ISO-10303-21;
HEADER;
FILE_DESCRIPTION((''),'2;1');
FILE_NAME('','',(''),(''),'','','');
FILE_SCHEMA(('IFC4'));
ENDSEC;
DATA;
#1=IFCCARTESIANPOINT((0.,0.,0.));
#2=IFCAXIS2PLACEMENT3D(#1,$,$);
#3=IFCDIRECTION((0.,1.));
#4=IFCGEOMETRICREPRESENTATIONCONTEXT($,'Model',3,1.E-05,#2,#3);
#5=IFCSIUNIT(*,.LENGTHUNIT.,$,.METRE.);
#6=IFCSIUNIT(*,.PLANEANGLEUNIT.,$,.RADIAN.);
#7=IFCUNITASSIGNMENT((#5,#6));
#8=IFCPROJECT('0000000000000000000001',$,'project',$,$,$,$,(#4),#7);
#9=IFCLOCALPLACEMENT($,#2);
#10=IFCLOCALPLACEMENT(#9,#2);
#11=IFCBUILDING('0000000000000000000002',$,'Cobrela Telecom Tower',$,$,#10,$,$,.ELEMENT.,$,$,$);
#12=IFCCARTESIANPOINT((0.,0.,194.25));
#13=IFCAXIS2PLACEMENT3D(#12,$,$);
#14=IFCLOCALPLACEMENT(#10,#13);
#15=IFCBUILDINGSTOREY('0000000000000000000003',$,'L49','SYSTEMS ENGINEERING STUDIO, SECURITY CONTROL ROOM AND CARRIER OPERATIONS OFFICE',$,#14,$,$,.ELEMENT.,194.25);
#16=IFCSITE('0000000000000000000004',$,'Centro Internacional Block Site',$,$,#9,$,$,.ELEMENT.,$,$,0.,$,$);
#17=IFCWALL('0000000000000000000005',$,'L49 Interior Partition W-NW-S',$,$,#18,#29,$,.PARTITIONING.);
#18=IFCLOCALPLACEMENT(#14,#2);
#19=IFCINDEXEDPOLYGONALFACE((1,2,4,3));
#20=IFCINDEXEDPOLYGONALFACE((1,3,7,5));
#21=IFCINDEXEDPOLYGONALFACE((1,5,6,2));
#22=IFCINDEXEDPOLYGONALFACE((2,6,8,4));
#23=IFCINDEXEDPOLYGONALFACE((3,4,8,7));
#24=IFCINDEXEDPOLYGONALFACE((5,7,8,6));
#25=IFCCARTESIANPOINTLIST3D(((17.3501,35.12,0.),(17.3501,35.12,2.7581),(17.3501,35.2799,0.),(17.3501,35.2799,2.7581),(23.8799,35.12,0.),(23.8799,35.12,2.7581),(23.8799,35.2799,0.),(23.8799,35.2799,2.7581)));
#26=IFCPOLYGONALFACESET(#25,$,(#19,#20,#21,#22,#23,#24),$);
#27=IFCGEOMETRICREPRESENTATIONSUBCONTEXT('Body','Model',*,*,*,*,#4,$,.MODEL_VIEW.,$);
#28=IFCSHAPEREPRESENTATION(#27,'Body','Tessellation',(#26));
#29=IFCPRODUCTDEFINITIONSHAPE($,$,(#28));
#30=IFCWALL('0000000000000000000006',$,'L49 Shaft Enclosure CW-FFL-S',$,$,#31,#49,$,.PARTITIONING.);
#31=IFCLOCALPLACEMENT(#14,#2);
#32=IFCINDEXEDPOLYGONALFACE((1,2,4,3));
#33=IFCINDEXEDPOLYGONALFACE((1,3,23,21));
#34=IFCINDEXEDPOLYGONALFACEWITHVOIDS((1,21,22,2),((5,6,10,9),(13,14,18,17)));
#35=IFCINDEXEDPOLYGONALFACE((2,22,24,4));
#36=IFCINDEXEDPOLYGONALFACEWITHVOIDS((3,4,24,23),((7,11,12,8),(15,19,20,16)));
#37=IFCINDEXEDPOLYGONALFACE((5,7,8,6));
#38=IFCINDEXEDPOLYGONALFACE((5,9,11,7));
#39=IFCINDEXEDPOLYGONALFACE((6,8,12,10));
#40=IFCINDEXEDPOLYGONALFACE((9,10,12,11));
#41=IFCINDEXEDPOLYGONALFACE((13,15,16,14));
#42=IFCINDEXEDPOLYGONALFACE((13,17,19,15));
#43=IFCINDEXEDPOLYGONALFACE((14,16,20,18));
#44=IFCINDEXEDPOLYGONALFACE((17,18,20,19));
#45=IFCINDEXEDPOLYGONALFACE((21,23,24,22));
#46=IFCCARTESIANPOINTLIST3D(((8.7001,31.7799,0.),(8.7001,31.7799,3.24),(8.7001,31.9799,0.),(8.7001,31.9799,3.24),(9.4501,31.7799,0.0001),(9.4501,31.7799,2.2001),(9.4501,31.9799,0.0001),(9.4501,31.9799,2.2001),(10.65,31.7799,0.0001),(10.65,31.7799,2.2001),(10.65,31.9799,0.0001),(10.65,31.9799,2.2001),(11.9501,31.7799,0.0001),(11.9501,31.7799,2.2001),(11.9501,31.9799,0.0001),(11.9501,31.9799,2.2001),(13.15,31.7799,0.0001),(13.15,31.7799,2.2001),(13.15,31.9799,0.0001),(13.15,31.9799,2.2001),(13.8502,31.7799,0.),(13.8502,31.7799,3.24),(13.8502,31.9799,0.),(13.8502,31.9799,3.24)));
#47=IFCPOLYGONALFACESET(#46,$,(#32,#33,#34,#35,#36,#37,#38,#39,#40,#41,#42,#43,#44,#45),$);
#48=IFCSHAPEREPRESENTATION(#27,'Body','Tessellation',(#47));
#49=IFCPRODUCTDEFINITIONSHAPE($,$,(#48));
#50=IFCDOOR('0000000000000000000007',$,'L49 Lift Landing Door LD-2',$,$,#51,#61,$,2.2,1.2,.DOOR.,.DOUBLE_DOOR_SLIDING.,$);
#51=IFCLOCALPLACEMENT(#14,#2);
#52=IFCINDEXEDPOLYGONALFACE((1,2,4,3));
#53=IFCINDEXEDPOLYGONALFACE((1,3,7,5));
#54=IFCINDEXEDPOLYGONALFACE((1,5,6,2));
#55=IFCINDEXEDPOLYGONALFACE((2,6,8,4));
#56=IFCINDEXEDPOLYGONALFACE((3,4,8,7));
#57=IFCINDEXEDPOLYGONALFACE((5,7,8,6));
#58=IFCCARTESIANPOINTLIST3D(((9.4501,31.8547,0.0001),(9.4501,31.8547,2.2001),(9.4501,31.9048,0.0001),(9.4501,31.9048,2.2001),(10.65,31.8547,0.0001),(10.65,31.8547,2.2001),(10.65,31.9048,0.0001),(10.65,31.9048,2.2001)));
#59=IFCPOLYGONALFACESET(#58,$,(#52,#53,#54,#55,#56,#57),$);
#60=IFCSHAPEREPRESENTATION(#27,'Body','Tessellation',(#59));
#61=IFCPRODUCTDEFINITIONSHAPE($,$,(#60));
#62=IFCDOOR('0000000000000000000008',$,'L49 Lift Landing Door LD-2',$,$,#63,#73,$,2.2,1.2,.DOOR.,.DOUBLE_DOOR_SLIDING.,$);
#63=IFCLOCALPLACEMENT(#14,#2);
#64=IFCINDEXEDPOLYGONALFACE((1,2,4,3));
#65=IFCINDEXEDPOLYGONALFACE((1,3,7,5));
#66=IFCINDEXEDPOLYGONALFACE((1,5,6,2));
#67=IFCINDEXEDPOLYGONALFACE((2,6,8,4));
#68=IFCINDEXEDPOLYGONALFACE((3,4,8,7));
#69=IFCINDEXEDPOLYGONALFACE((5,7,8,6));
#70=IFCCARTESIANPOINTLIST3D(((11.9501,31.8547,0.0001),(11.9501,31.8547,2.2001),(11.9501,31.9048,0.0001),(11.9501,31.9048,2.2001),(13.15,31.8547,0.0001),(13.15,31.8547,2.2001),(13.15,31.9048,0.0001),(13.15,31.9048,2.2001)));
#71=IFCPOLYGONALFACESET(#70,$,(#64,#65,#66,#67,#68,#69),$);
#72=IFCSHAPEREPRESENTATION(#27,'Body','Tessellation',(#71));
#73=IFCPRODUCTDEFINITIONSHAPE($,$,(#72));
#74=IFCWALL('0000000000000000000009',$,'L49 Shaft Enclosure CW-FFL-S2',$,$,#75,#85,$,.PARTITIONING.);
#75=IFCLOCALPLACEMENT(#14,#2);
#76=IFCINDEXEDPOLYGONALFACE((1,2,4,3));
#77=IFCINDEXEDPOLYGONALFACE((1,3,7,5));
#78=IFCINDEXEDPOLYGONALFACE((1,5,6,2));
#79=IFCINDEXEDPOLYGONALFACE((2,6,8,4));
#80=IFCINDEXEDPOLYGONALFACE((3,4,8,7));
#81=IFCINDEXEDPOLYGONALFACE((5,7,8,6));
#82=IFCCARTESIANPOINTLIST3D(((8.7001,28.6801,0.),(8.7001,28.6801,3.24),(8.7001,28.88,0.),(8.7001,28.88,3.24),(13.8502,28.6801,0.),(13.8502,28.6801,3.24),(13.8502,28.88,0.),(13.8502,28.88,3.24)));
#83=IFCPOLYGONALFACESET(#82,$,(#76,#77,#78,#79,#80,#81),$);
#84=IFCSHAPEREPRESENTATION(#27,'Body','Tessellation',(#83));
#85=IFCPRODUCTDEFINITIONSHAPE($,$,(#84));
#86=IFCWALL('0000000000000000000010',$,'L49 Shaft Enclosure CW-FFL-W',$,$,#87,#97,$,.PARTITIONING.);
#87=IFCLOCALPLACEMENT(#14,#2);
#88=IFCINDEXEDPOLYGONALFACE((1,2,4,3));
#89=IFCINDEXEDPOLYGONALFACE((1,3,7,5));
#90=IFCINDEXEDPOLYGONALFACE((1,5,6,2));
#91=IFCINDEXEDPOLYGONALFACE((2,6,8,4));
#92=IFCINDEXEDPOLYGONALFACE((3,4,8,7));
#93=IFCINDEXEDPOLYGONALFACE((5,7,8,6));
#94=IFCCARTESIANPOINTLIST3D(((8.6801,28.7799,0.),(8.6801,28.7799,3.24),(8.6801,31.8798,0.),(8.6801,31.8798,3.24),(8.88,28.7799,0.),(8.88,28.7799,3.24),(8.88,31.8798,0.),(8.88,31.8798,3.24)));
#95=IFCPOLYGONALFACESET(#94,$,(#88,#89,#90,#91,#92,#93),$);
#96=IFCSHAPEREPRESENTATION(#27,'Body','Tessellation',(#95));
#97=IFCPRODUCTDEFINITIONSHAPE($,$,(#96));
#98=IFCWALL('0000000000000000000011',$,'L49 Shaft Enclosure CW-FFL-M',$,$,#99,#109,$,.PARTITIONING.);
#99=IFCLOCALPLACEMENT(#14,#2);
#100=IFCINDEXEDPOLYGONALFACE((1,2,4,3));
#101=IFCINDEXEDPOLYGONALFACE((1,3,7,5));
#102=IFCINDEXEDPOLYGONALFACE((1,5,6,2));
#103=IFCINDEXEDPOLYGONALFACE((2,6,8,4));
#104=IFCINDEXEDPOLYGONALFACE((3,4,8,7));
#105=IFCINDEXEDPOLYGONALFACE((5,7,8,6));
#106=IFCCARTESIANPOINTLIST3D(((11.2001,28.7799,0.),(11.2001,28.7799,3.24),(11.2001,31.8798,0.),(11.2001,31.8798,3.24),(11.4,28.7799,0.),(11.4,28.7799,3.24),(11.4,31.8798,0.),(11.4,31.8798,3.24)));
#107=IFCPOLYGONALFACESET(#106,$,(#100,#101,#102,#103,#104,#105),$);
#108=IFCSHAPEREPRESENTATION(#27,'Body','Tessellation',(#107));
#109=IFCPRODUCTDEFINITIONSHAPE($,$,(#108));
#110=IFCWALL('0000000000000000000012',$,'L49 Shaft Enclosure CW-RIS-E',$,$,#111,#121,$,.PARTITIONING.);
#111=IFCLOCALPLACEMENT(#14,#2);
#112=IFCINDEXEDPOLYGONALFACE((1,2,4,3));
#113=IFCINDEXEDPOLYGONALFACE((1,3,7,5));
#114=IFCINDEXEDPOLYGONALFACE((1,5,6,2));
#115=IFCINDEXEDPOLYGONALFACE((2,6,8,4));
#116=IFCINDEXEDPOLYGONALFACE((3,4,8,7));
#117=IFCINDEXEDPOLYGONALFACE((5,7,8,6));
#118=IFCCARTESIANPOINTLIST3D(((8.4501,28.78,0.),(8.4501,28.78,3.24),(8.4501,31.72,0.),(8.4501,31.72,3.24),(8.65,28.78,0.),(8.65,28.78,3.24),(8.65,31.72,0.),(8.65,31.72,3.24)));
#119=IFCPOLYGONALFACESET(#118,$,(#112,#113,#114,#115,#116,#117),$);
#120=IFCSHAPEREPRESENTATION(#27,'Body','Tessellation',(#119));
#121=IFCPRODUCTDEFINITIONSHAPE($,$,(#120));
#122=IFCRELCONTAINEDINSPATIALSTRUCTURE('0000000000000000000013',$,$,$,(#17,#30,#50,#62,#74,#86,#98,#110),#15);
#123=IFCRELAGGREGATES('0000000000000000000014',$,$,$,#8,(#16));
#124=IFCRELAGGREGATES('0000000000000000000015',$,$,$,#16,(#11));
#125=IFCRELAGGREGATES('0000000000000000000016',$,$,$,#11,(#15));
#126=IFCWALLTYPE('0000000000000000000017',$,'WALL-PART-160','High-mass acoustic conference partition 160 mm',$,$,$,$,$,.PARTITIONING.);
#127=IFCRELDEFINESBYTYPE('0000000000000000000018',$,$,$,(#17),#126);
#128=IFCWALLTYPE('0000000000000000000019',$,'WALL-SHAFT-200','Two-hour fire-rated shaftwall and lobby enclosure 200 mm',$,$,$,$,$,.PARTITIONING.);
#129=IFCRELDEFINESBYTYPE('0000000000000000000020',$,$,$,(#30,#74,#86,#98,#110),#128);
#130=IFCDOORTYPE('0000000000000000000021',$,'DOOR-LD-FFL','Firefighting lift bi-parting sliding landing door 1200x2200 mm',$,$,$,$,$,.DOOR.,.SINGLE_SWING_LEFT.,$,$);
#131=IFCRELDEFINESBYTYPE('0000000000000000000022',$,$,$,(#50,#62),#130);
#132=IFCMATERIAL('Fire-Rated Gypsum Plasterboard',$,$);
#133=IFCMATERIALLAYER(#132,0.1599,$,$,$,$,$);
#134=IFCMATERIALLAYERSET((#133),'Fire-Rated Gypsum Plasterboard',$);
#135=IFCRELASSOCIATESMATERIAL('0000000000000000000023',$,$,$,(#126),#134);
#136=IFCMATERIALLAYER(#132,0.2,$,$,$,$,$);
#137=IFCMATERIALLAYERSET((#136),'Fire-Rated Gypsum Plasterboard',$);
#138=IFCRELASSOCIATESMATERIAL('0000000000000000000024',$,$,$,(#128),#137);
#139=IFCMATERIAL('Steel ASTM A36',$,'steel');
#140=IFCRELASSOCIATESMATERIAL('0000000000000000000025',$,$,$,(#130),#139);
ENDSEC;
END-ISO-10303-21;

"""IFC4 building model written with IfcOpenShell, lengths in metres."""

from ifc_helpers import new_model, si_unit, direction, frame, frame_2d, origin, place, context, subcontext, project, spatial, rectangle, extrude, material, layer, layer_set, type_object, element, fill, save


model = new_model("IFC4")

# Units and contexts
model_context = context("Model", 3, precision=1e-05, world=origin(), true_north=direction((0.0, 1.0)))
body_context = subcontext(model_context, "Body", "Model", "MODEL_VIEW")
ifc_project = project(units=[si_unit("LENGTHUNIT", "METRE"), si_unit("PLANEANGLEUNIT", "RADIAN")], contexts=[model_context])

# Site, building, storey
site_placement = place(None, origin())
site = spatial("IfcSite", under=ifc_project, at=site_placement, Name="Centro Internacional Block Site", CompositionType="ELEMENT", RefElevation=0.0)
building_placement = place(site_placement, origin())
building = spatial("IfcBuilding", under=site, at=building_placement, Name="Cobrela Telecom Tower", CompositionType="ELEMENT")
storey_placement = place(building_placement, frame((0.0, 0.0, 194.25)))
storey = spatial("IfcBuildingStorey", under=building, at=storey_placement, Name="L49", Description="SYSTEMS ENGINEERING STUDIO, SECURITY CONTROL ROOM AND CARRIER OPERATIONS OFFICE", CompositionType="ELEMENT", Elevation=194.25)

# Shared definitions
ifc_material_1 = material(Name="Steel ASTM A36", Category="steel")

# Shared definitions
ifc_material_2 = material(Name="Fire-Rated Gypsum Plasterboard")

# Wall
ifc_layer_1 = layer(ifc_material_2, 0.1599)
ifc_layer_set_1 = layer_set([ifc_layer_1], Name="Fire-Rated Gypsum Plasterboard")
wall_type_1 = type_object("IfcWallType", Name="WALL-PART-160", Description="High-mass acoustic conference partition 160 mm", PredefinedType="PARTITIONING", material=ifc_layer_set_1)
wall_1_placement = place(storey_placement, frame((17.3501, 35.2, 0.0), z_axis=(0.0, 0.0, 1.0), x_axis=(1.0, 0.0, 0.0)))
element("IfcWall", 1, at=wall_1_placement, inside=storey, type_object=wall_type_1, Name="L49 Interior Partition W-NW-S", PredefinedType="PARTITIONING", context=body_context, shape_type="SweptSolid", body=[
    extrude(rectangle(XDim=6.5298, YDim=0.1599, at=frame_2d((3.2649, 0.0))), origin(), (0.0, 0.0, 1.0), 2.7581),
])

# Wall, openings, doors
ifc_layer_2 = layer(ifc_material_2, 0.2)
ifc_layer_set_2 = layer_set([ifc_layer_2], Name="Fire-Rated Gypsum Plasterboard")
wall_type_2 = type_object("IfcWallType", Name="WALL-SHAFT-200", Description="Two-hour fire-rated shaftwall and lobby enclosure 200 mm", PredefinedType="PARTITIONING", material=ifc_layer_set_2)
wall_2_placement = place(storey_placement, frame((8.7, 31.8799, 0.0), z_axis=(0.0, 0.0, 1.0), x_axis=(1.0, 0.0, 0.0)))
wall_2 = element("IfcWall", 2, at=wall_2_placement, inside=storey, type_object=wall_type_2, Name="L49 Shaft Enclosure CW-FFL-S", PredefinedType="PARTITIONING", context=body_context, shape_type="SweptSolid", body=[
    extrude(rectangle(XDim=5.1501, YDim=0.2, at=frame_2d((2.5752, 0.0))), origin(), (0.0, 0.0, 1.0), 3.24),
])
opening_1_placement = place(wall_2_placement, frame((0.75, 0.0, 0.0)))
opening_1 = element("IfcOpeningElement", 3, at=opening_1_placement, cuts=wall_2, PredefinedType="OPENING", context=body_context, shape_type="SweptSolid", body=[
    extrude(rectangle(XDim=1.2, YDim=2.2, at=frame_2d((0.6001, 1.1001))), frame((0.0, 0.1118, 0.0), z_axis=(0.0, -1.0, 0.0), x_axis=(1.0, 0.0, 0.0)), (0.0, 0.0, 1.0), 0.2239),
])
opening_2_placement = place(wall_2_placement, frame((3.25, 0.0, 0.0)))
opening_2 = element("IfcOpeningElement", 4, at=opening_2_placement, cuts=wall_2, PredefinedType="OPENING", context=body_context, shape_type="SweptSolid", body=[
    extrude(rectangle(XDim=1.2, YDim=2.2, at=frame_2d((0.6001, 1.1001))), frame((0.0, 0.1118, 0.0), z_axis=(0.0, -1.0, 0.0), x_axis=(1.0, 0.0, 0.0)), (0.0, 0.0, 1.0), 0.2239),
])
door_type_1 = type_object("IfcDoorType", Name="DOOR-LD-FFL", Description="Firefighting lift bi-parting sliding landing door 1200x2200 mm", OperationType="SINGLE_SWING_LEFT", PredefinedType="DOOR", material=ifc_material_1)
door_1_placement = place(opening_1_placement, origin())
door_1 = element("IfcDoor", 5, at=door_1_placement, inside=storey, type_object=door_type_1, Name="L49 Lift Landing Door LD-2", OperationType="DOUBLE_DOOR_SLIDING", OverallHeight=2.2, OverallWidth=1.2, PredefinedType="DOOR", context=body_context, shape_type="SweptSolid", body=[
    extrude(rectangle(XDim=1.2, YDim=2.2, at=frame_2d((0.6001, 1.1001))), frame((0.0, 0.0249, 0.0), z_axis=(0.0, -1.0, 0.0), x_axis=(1.0, 0.0, 0.0)), (0.0, 0.0, 1.0), 0.05),
])
fill(opening_1, door_1)
door_2_placement = place(opening_2_placement, origin())
door_2 = element("IfcDoor", 6, at=door_2_placement, inside=storey, type_object=door_type_1, Name="L49 Lift Landing Door LD-2", OperationType="DOUBLE_DOOR_SLIDING", OverallHeight=2.2, OverallWidth=1.2, PredefinedType="DOOR", context=body_context, shape_type="SweptSolid", body=[
    extrude(rectangle(XDim=1.2, YDim=2.2, at=frame_2d((0.6001, 1.1001))), frame((0.0, 0.0249, 0.0), z_axis=(0.0, -1.0, 0.0), x_axis=(1.0, 0.0, 0.0)), (0.0, 0.0, 1.0), 0.05),
])
fill(opening_2, door_2)

# Walls
wall_3_placement = place(storey_placement, frame((8.7, 28.78, 0.0), z_axis=(0.0, 0.0, 1.0), x_axis=(1.0, 0.0, 0.0)))
element("IfcWall", 7, at=wall_3_placement, inside=storey, type_object=wall_type_2, Name="L49 Shaft Enclosure CW-FFL-S2", PredefinedType="PARTITIONING", context=body_context, shape_type="SweptSolid", body=[
    extrude(rectangle(XDim=5.1501, YDim=0.2, at=frame_2d((2.5752, 0.0))), origin(), (0.0, 0.0, 1.0), 3.24),
])
for number, where, z_axis, x_axis, name in (
    (8, (8.78, 28.78, 0.0), (0.0, 0.0, 1.0), (0.0, 1.0, 0.0), "L49 Shaft Enclosure CW-FFL-W"),
    (9, (11.3, 28.78, 0.0), (0.0, 0.0, 1.0), (0.0, 1.0, 0.0), "L49 Shaft Enclosure CW-FFL-M"),
):
    element("IfcWall", number, at=place(storey_placement, frame(where, z_axis=z_axis, x_axis=x_axis)), inside=storey, type_object=wall_type_2, Name=name, PredefinedType="PARTITIONING", context=body_context, shape_type="SweptSolid", body=[
        extrude(rectangle(XDim=3.0999, YDim=0.2, at=frame_2d((1.5498, 0.0))), origin(), (0.0, 0.0, 1.0), 3.24),
    ])
wall_4_placement = place(storey_placement, frame((8.55, 28.78, 0.0), z_axis=(0.0, 0.0, 1.0), x_axis=(0.0, 1.0, 0.0)))
element("IfcWall", 10, at=wall_4_placement, inside=storey, type_object=wall_type_2, Name="L49 Shaft Enclosure CW-RIS-E", PredefinedType="PARTITIONING", context=body_context, shape_type="SweptSolid", body=[
    extrude(rectangle(XDim=2.9399, YDim=0.2, at=frame_2d((1.47, 0.0))), origin(), (0.0, 0.0, 1.0), 3.24),
])

save(model, "model.ifc")
